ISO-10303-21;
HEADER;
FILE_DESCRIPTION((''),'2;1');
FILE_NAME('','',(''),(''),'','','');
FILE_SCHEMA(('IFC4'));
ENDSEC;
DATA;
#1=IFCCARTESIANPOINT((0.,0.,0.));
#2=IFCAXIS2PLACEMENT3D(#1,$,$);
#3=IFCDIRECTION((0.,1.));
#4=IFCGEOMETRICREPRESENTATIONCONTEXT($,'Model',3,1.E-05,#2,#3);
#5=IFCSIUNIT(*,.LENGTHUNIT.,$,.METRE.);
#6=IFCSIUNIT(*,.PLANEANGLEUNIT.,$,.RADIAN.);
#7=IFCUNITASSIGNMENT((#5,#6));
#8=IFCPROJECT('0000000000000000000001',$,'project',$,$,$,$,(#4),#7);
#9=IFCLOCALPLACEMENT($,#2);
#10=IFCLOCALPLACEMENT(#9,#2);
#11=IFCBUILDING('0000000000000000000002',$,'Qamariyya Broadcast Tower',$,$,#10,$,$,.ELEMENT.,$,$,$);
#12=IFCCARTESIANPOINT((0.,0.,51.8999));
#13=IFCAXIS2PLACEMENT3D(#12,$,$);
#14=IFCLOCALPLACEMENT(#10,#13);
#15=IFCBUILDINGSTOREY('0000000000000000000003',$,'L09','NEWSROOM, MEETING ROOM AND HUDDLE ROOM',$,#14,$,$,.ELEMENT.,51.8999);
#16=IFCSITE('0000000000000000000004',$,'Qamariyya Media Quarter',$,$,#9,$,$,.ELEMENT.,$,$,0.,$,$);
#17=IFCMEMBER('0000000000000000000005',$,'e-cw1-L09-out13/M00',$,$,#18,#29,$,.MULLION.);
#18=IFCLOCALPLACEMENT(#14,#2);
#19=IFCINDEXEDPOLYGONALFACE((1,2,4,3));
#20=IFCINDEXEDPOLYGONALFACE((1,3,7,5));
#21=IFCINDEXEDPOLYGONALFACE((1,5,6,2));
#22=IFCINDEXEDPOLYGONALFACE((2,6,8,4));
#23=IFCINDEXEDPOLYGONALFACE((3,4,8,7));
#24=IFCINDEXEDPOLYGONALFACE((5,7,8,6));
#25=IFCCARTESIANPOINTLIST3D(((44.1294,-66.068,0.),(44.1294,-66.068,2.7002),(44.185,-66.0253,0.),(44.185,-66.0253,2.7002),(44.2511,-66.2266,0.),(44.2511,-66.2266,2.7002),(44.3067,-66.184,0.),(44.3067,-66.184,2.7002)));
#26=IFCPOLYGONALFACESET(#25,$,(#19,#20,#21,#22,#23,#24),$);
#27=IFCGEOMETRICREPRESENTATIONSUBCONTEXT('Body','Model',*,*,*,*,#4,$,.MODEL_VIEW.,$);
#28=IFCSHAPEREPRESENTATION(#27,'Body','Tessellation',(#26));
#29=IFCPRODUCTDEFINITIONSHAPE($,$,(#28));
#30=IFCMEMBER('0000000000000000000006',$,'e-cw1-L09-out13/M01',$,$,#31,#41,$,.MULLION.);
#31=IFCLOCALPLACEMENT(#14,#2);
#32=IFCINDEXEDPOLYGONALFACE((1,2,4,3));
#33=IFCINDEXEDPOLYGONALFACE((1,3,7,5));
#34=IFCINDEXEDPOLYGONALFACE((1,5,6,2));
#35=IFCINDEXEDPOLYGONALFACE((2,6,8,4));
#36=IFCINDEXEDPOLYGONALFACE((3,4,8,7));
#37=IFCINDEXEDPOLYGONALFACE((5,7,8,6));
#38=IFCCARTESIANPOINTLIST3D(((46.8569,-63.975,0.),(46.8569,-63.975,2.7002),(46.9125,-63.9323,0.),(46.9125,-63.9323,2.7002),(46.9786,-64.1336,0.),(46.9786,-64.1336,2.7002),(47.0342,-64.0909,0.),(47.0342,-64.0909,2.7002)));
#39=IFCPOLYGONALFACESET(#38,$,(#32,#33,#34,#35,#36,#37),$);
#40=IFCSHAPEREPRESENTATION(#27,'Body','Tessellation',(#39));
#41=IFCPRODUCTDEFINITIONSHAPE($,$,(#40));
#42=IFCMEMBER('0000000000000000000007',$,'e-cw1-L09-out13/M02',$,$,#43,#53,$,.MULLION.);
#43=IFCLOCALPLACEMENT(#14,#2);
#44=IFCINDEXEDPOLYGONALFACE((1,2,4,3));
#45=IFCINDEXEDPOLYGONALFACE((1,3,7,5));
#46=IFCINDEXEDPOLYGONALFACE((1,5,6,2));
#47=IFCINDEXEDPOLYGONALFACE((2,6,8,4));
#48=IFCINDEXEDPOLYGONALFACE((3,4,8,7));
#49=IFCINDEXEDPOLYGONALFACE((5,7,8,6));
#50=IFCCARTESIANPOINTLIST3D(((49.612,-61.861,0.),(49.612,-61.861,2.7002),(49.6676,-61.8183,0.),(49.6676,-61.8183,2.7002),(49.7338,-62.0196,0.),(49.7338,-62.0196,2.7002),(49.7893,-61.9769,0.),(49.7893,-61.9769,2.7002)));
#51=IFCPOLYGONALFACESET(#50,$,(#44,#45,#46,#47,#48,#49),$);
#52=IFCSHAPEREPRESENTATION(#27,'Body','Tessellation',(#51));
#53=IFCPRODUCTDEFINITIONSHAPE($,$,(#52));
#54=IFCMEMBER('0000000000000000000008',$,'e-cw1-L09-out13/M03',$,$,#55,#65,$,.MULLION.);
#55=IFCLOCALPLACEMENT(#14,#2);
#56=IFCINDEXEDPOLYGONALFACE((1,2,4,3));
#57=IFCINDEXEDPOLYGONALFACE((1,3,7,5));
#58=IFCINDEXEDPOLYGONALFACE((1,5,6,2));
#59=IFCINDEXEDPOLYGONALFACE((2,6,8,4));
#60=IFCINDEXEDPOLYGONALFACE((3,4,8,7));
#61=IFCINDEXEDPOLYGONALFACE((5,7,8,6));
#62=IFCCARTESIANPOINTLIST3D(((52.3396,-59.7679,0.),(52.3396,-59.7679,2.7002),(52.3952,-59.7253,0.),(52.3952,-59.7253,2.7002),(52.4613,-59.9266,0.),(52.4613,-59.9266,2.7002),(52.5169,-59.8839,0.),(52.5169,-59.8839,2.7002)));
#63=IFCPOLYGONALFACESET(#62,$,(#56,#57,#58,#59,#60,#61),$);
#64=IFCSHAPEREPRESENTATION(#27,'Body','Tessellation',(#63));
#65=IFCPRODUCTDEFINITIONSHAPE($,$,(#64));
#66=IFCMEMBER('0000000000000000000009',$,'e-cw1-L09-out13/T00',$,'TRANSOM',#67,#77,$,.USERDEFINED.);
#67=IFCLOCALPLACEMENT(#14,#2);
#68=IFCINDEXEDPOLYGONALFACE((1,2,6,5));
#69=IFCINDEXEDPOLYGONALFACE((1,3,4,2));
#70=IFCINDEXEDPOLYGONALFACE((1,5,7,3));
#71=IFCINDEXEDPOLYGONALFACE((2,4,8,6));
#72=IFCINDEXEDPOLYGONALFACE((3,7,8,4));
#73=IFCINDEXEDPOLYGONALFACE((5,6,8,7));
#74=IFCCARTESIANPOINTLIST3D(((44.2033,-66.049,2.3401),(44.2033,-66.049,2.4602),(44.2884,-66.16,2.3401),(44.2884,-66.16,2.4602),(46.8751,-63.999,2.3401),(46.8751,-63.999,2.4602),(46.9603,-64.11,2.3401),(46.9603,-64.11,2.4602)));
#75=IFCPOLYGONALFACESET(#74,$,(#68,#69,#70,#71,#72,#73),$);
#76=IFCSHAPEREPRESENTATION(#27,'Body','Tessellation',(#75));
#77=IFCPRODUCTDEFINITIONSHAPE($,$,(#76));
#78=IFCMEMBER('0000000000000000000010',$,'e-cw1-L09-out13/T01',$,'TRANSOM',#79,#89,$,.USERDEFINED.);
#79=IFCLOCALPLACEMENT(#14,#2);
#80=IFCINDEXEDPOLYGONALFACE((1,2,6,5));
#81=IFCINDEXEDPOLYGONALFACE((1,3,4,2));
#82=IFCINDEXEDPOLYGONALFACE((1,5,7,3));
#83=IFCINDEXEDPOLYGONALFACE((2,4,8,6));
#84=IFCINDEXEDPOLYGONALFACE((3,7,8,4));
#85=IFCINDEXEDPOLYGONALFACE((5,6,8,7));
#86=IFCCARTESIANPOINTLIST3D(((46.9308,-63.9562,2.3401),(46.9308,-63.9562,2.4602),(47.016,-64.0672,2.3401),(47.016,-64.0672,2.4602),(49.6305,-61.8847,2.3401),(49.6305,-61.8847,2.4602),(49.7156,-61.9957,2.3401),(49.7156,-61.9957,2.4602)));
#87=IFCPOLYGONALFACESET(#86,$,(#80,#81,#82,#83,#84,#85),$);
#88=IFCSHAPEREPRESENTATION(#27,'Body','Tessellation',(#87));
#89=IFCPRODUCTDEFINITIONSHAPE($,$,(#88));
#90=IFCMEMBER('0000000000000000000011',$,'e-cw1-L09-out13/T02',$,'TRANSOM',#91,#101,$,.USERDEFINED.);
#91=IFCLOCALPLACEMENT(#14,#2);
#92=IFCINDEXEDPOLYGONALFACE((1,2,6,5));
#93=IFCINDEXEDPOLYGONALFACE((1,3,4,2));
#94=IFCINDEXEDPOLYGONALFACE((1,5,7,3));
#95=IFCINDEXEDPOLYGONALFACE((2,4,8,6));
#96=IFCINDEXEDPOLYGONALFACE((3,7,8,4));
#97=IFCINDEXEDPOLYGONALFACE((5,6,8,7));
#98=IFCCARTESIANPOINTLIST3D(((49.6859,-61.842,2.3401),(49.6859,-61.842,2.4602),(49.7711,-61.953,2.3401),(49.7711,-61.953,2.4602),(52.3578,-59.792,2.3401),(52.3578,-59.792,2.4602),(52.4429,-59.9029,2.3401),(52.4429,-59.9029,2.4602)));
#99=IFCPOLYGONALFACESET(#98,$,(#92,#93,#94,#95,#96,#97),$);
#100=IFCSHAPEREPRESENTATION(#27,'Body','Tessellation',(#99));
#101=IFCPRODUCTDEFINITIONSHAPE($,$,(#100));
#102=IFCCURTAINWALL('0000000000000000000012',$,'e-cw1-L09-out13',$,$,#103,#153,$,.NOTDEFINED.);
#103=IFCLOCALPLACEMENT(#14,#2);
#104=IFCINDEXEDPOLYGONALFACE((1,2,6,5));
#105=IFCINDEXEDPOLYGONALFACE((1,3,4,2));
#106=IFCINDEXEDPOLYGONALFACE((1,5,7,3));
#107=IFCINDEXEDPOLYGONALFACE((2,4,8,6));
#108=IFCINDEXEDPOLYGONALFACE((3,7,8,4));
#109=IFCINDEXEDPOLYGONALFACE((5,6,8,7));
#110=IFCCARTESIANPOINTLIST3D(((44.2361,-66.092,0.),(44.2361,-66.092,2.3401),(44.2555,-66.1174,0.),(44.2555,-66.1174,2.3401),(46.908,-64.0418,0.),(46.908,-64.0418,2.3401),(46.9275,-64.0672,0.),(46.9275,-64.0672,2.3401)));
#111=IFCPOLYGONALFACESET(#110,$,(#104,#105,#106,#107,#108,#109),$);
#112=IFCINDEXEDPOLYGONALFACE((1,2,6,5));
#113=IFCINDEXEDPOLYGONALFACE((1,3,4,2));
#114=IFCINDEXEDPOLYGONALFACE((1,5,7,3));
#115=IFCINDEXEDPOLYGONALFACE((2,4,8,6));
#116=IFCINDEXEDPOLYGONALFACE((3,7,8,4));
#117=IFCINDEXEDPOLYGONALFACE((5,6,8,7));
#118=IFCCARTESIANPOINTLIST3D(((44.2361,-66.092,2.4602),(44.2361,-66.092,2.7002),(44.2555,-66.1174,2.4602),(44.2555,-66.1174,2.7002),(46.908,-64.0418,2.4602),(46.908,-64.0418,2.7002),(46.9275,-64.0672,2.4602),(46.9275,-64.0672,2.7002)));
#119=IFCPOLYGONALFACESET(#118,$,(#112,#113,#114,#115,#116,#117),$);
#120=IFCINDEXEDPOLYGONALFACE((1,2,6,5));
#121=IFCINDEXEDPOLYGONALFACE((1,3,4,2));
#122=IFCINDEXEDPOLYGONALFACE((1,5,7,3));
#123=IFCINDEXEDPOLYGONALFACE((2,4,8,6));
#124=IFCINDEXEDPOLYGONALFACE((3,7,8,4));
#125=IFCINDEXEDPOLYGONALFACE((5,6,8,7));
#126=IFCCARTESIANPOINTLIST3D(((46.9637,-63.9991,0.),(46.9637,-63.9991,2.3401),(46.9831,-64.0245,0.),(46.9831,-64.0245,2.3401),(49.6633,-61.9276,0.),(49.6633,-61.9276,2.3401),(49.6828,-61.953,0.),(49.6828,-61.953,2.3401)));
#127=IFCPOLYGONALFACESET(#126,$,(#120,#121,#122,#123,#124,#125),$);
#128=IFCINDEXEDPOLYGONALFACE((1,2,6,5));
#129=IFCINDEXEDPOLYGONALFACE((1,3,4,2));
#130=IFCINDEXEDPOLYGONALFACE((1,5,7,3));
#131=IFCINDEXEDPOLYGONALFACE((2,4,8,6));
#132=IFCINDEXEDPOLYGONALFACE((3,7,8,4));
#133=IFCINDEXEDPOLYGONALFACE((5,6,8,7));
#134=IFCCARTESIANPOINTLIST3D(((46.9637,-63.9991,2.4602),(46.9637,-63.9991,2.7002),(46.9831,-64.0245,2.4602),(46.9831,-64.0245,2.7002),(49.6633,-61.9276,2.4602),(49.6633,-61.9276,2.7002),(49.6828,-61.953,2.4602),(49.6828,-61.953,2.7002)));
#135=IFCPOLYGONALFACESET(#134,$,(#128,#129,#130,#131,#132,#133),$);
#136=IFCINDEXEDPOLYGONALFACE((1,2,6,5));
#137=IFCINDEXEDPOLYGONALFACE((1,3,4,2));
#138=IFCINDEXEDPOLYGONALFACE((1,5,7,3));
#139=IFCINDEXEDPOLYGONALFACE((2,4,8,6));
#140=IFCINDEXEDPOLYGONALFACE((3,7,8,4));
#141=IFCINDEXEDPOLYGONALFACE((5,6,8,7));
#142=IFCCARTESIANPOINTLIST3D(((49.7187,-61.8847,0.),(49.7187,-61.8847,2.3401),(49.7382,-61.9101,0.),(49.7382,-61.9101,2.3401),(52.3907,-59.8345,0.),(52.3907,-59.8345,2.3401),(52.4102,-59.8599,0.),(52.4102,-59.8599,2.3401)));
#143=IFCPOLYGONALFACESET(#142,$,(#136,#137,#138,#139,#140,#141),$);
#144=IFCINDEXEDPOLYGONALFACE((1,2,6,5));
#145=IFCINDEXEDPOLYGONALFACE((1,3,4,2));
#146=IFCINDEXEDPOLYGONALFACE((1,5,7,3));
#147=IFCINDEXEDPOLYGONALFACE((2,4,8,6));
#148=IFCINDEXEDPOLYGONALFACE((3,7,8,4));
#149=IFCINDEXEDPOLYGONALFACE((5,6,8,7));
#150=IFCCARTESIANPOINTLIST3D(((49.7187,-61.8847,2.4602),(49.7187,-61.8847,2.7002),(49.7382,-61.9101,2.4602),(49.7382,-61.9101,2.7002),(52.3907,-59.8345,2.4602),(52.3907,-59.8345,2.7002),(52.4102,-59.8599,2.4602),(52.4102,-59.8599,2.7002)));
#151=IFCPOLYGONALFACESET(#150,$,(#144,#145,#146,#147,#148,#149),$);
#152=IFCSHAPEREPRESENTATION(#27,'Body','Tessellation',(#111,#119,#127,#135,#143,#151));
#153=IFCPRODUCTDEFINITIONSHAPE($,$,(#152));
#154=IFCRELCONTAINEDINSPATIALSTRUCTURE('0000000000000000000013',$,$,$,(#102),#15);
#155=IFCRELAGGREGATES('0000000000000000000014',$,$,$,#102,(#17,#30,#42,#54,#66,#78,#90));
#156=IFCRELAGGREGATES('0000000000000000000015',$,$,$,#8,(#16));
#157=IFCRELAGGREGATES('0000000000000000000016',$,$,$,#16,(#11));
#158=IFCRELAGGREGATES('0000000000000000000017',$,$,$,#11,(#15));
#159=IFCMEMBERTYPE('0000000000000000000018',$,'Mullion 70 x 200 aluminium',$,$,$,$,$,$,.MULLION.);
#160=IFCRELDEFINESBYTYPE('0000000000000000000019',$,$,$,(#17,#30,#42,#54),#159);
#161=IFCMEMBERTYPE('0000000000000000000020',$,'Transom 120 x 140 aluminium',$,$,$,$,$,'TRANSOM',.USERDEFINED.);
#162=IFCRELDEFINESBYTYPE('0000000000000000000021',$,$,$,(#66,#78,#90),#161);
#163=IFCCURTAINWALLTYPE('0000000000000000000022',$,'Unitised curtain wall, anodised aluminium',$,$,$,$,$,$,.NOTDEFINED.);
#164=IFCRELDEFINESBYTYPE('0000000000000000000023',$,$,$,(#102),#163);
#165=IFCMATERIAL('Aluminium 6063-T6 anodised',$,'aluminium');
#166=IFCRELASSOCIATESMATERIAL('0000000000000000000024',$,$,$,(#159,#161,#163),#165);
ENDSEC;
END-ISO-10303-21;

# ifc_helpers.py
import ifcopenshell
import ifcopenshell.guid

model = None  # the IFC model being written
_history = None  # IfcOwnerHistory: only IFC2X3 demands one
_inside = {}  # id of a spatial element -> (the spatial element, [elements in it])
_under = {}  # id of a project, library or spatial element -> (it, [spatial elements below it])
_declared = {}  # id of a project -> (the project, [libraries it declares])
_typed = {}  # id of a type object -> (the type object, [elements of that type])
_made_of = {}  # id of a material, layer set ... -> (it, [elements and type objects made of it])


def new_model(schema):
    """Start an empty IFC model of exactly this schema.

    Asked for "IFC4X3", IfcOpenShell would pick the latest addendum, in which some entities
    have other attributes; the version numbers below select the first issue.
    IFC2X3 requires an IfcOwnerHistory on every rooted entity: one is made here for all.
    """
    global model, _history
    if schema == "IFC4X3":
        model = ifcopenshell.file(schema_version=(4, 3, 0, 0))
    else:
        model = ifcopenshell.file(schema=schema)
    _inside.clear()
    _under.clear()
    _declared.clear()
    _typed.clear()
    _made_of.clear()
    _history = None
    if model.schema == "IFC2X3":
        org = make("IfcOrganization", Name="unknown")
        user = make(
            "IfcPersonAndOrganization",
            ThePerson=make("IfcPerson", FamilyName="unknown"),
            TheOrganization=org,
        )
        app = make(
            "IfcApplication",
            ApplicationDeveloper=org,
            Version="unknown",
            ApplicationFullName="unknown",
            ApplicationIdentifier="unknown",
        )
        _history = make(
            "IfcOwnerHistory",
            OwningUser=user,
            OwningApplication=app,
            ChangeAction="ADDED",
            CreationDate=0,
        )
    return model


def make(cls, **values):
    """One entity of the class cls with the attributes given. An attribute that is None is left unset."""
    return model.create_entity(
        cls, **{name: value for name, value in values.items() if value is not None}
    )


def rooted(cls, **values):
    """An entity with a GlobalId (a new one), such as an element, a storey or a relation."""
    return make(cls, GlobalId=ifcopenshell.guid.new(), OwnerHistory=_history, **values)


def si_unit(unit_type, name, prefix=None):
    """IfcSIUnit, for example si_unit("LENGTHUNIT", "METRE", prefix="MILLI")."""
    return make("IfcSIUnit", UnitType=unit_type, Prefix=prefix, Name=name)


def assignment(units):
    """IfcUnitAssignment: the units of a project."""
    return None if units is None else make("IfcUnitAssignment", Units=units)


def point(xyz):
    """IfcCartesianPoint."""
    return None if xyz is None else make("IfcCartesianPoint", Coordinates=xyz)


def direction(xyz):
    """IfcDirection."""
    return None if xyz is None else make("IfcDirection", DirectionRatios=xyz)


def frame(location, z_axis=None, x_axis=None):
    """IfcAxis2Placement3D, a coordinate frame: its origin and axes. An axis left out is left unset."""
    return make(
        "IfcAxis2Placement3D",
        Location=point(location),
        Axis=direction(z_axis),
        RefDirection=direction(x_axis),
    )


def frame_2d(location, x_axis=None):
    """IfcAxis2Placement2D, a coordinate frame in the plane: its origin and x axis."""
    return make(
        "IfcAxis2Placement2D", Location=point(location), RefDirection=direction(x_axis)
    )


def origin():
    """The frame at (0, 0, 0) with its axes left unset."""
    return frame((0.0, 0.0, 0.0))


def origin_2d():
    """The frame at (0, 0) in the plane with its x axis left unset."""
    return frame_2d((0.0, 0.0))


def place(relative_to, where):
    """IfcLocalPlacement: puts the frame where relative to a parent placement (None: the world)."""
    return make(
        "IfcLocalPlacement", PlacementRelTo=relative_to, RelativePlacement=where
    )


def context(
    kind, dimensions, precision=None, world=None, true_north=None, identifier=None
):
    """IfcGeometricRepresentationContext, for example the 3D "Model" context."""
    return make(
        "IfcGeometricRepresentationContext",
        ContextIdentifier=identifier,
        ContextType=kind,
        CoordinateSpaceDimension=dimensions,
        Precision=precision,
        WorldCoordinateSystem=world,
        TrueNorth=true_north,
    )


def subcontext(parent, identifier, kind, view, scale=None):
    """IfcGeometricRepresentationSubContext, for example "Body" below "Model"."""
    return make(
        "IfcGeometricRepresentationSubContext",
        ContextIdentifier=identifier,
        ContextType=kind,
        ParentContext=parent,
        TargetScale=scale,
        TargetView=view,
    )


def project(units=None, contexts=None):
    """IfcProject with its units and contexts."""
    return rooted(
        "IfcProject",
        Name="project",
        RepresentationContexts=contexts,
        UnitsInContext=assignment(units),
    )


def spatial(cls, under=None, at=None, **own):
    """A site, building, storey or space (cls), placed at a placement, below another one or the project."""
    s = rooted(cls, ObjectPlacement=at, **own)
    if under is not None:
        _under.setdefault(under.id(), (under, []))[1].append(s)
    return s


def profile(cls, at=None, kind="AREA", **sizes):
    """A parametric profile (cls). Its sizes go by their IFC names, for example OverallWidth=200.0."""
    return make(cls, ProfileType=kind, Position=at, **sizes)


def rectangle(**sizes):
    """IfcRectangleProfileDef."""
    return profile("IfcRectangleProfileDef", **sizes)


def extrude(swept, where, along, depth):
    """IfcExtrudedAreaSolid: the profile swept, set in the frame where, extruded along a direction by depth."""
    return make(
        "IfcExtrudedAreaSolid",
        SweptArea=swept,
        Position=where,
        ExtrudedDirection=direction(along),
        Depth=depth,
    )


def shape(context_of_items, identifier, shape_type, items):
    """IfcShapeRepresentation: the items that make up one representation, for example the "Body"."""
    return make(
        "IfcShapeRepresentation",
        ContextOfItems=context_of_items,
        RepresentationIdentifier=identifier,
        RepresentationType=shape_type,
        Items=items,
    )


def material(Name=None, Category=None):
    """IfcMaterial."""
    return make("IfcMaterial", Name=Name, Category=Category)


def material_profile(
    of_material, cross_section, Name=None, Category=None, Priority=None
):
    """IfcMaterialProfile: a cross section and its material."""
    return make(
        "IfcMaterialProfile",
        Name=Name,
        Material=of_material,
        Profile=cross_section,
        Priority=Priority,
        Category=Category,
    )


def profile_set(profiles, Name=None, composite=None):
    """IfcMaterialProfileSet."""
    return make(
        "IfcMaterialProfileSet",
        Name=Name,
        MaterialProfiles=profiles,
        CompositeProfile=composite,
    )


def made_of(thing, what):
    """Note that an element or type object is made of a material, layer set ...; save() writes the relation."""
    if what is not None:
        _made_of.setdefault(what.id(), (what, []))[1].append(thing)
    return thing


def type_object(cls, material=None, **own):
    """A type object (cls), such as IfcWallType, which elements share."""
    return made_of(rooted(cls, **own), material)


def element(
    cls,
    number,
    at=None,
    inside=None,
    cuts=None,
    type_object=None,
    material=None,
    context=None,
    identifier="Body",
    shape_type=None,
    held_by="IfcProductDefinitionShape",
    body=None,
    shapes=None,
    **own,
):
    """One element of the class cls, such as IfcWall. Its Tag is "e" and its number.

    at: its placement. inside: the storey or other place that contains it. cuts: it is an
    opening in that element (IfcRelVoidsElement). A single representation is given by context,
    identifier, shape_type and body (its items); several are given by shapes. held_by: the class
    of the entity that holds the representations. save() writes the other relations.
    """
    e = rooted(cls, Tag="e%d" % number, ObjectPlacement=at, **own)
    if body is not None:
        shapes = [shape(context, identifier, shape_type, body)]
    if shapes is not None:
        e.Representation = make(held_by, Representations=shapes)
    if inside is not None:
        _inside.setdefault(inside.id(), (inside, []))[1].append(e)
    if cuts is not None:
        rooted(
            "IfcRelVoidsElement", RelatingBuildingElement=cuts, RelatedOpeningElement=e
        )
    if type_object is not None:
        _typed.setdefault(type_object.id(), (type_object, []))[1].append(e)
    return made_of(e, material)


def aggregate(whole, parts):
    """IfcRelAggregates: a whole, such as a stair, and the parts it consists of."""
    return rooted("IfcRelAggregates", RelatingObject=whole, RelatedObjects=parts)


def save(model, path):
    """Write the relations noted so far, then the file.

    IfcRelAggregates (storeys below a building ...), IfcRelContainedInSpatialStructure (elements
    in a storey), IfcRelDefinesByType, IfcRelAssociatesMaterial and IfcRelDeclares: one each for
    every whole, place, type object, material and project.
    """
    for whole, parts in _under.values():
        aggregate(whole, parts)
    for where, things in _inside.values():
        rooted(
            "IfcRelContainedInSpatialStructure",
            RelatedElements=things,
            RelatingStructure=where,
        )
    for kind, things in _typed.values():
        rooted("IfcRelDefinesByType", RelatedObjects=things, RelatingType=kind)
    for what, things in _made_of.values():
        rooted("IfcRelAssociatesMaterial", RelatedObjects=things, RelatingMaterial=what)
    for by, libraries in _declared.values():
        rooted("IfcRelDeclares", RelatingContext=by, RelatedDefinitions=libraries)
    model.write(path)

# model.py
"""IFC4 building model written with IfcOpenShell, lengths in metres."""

from ifc_helpers import new_model, si_unit, direction, frame, origin, origin_2d, place, context, subcontext, project, spatial, rectangle, extrude, material, material_profile, profile_set, type_object, element, aggregate, save


model = new_model("IFC4")

# Units and contexts
model_context = context("Model", 3, precision=1e-05, world=origin(), true_north=direction((0.0, 1.0)))
body_context = subcontext(model_context, "Body", "Model", "MODEL_VIEW")
ifc_project = project(units=[si_unit("LENGTHUNIT", "METRE"), si_unit("PLANEANGLEUNIT", "RADIAN")], contexts=[model_context])

# Members
ifc_material = material(Name="Aluminium 6063-T6 anodised", Category="aluminium")
ifc_material_profile_1 = material_profile(ifc_material, rectangle(XDim=0.2, YDim=0.0701, at=origin_2d()))
ifc_profile_set_1 = profile_set([ifc_material_profile_1], Name="Aluminium 6063-T6 anodised")
member_type_1 = type_object("IfcMemberType", Name="Mullion 70 x 200 aluminium", PredefinedType="MULLION", material=ifc_profile_set_1)
site_placement = place(None, origin())
building_placement = place(site_placement, origin())
storey_placement = place(building_placement, frame((0.0, 0.0, 51.8999)))
member_1_placement = place(storey_placement, frame((44.218, -66.126, 0.0), z_axis=(0.0, 0.0, 1.0), x_axis=(-0.608761, 0.793353, 0.0)))
member_1 = element("IfcMember", 1, at=member_1_placement, type_object=member_type_1, Name="e-cw1-L09-out13/M00", PredefinedType="MULLION", context=body_context, shape_type="SweptSolid", body=[
    extrude(rectangle(XDim=0.2, YDim=0.0701, at=origin_2d()), origin(), (0.0, 0.0, 1.0), 2.7002),
])
member_2_placement = place(storey_placement, frame((46.9456, -64.033, 0.0), z_axis=(0.0, 0.0, 1.0), x_axis=(-0.608761, 0.793353, 0.0)))
member_2 = element("IfcMember", 2, at=member_2_placement, type_object=member_type_1, Name="e-cw1-L09-out13/M01", PredefinedType="MULLION", context=body_context, shape_type="SweptSolid", body=[
    extrude(rectangle(XDim=0.2, YDim=0.0701, at=origin_2d()), origin(), (0.0, 0.0, 1.0), 2.7002),
])
member_3_placement = place(storey_placement, frame((49.7007, -61.9189, 0.0), z_axis=(0.0, 0.0, 1.0), x_axis=(-0.608761, 0.793353, 0.0)))
member_3 = element("IfcMember", 3, at=member_3_placement, type_object=member_type_1, Name="e-cw1-L09-out13/M02", PredefinedType="MULLION", context=body_context, shape_type="SweptSolid", body=[
    extrude(rectangle(XDim=0.2, YDim=0.0701, at=origin_2d()), origin(), (0.0, 0.0, 1.0), 2.7002),
])
member_4_placement = place(storey_placement, frame((52.4282, -59.8259, 0.0), z_axis=(0.0, 0.0, 1.0), x_axis=(-0.608761, 0.793353, 0.0)))
member_4 = element("IfcMember", 4, at=member_4_placement, type_object=member_type_1, Name="e-cw1-L09-out13/M03", PredefinedType="MULLION", context=body_context, shape_type="SweptSolid", body=[
    extrude(rectangle(XDim=0.2, YDim=0.0701, at=origin_2d()), origin(), (0.0, 0.0, 1.0), 2.7002),
])
ifc_material_profile_2 = material_profile(ifc_material, rectangle(XDim=0.1399, YDim=0.1201, at=origin_2d()))
ifc_profile_set_2 = profile_set([ifc_material_profile_2], Name="Aluminium 6063-T6 anodised")
member_type_2 = type_object("IfcMemberType", Name="Transom 120 x 140 aluminium", ElementType="TRANSOM", PredefinedType="USERDEFINED", material=ifc_profile_set_2)
member_5_placement = place(storey_placement, frame((44.2458, -66.1045, 2.4001), z_axis=(0.793375, 0.608733, 0.0), x_axis=(-0.608733, 0.793375, 0.0)))
member_5 = element("IfcMember", 5, at=member_5_placement, type_object=member_type_2, Name="e-cw1-L09-out13/T00", ObjectType="TRANSOM", PredefinedType="USERDEFINED", context=body_context, shape_type="SweptSolid", body=[
    extrude(rectangle(XDim=0.1399, YDim=0.1201, at=origin_2d()), origin(), (0.0, 0.0, 1.0), 3.3677),
])
member_6_placement = place(storey_placement, frame((46.9734, -64.0117, 2.4001), z_axis=(0.793357, 0.608757, 0.0), x_axis=(-0.608757, 0.793357, 0.0)))
member_6 = element("IfcMember", 6, at=member_6_placement, type_object=member_type_2, Name="e-cw1-L09-out13/T01", ObjectType="TRANSOM", PredefinedType="USERDEFINED", context=body_context, shape_type="SweptSolid", body=[
    extrude(rectangle(XDim=0.1399, YDim=0.1201, at=origin_2d()), origin(), (0.0, 0.0, 1.0), 3.4028),
])
member_7_placement = place(storey_placement, frame((49.7285, -61.8975, 2.4001), z_axis=(0.793375, 0.608733, 0.0), x_axis=(-0.608733, 0.793375, 0.0)))
member_7 = element("IfcMember", 7, at=member_7_placement, type_object=member_type_2, Name="e-cw1-L09-out13/T02", ObjectType="TRANSOM", PredefinedType="USERDEFINED", context=body_context, shape_type="SweptSolid", body=[
    extrude(rectangle(XDim=0.1399, YDim=0.1201, at=origin_2d()), origin(), (0.0, 0.0, 1.0), 3.3677),
])

# Site, building, storey
site = spatial("IfcSite", under=ifc_project, at=site_placement, Name="Qamariyya Media Quarter", CompositionType="ELEMENT", RefElevation=0.0)
building = spatial("IfcBuilding", under=site, at=building_placement, Name="Qamariyya Broadcast Tower", CompositionType="ELEMENT")
storey = spatial("IfcBuildingStorey", under=building, at=storey_placement, Name="L09", Description="NEWSROOM, MEETING ROOM AND HUDDLE ROOM", CompositionType="ELEMENT", Elevation=51.8999)

# Curtain wall
curtain_wall_type = type_object("IfcCurtainWallType", Name="Unitised curtain wall, anodised aluminium", PredefinedType="NOTDEFINED", material=ifc_material)
curtain_wall_1_placement = place(storey_placement, origin())
curtain_wall_1 = element("IfcCurtainWall", 8, at=curtain_wall_1_placement, inside=storey, type_object=curtain_wall_type, Name="e-cw1-L09-out13", PredefinedType="NOTDEFINED", context=body_context, shape_type="SweptSolid", body=[
    extrude(rectangle(XDim=3.3679, YDim=0.032, at=origin_2d()), frame((45.5818, -65.0796, 0.0), x_axis=(0.793358, 0.608756, 0.0)), (0.0, 0.0, 1.0), 2.3401),
    extrude(rectangle(XDim=3.3679, YDim=0.032, at=origin_2d()), frame((45.5818, -65.0796, 2.4602), x_axis=(0.793358, 0.608756, 0.0)), (0.0, 0.0, 1.0), 0.24),
    extrude(rectangle(XDim=3.4028, YDim=0.032, at=origin_2d()), frame((48.3232, -62.9761, 0.0), x_axis=(0.793358, 0.608756, 0.0)), (0.0, 0.0, 1.0), 2.3401),
    extrude(rectangle(XDim=3.4028, YDim=0.032, at=origin_2d()), frame((48.3232, -62.9761, 2.4602), x_axis=(0.793358, 0.608756, 0.0)), (0.0, 0.0, 1.0), 0.24),
    extrude(rectangle(XDim=3.3679, YDim=0.032, at=origin_2d()), frame((51.0645, -60.8723, 0.0), x_axis=(0.793358, 0.608756, 0.0)), (0.0, 0.0, 1.0), 2.3401),
    extrude(rectangle(XDim=3.3679, YDim=0.032, at=origin_2d()), frame((51.0645, -60.8723, 2.4602), x_axis=(0.793358, 0.608756, 0.0)), (0.0, 0.0, 1.0), 0.24),
])
aggregate(curtain_wall_1, [member_1, member_2, member_3, member_4, member_5, member_6, member_7])

save(model, "model.ifc")
